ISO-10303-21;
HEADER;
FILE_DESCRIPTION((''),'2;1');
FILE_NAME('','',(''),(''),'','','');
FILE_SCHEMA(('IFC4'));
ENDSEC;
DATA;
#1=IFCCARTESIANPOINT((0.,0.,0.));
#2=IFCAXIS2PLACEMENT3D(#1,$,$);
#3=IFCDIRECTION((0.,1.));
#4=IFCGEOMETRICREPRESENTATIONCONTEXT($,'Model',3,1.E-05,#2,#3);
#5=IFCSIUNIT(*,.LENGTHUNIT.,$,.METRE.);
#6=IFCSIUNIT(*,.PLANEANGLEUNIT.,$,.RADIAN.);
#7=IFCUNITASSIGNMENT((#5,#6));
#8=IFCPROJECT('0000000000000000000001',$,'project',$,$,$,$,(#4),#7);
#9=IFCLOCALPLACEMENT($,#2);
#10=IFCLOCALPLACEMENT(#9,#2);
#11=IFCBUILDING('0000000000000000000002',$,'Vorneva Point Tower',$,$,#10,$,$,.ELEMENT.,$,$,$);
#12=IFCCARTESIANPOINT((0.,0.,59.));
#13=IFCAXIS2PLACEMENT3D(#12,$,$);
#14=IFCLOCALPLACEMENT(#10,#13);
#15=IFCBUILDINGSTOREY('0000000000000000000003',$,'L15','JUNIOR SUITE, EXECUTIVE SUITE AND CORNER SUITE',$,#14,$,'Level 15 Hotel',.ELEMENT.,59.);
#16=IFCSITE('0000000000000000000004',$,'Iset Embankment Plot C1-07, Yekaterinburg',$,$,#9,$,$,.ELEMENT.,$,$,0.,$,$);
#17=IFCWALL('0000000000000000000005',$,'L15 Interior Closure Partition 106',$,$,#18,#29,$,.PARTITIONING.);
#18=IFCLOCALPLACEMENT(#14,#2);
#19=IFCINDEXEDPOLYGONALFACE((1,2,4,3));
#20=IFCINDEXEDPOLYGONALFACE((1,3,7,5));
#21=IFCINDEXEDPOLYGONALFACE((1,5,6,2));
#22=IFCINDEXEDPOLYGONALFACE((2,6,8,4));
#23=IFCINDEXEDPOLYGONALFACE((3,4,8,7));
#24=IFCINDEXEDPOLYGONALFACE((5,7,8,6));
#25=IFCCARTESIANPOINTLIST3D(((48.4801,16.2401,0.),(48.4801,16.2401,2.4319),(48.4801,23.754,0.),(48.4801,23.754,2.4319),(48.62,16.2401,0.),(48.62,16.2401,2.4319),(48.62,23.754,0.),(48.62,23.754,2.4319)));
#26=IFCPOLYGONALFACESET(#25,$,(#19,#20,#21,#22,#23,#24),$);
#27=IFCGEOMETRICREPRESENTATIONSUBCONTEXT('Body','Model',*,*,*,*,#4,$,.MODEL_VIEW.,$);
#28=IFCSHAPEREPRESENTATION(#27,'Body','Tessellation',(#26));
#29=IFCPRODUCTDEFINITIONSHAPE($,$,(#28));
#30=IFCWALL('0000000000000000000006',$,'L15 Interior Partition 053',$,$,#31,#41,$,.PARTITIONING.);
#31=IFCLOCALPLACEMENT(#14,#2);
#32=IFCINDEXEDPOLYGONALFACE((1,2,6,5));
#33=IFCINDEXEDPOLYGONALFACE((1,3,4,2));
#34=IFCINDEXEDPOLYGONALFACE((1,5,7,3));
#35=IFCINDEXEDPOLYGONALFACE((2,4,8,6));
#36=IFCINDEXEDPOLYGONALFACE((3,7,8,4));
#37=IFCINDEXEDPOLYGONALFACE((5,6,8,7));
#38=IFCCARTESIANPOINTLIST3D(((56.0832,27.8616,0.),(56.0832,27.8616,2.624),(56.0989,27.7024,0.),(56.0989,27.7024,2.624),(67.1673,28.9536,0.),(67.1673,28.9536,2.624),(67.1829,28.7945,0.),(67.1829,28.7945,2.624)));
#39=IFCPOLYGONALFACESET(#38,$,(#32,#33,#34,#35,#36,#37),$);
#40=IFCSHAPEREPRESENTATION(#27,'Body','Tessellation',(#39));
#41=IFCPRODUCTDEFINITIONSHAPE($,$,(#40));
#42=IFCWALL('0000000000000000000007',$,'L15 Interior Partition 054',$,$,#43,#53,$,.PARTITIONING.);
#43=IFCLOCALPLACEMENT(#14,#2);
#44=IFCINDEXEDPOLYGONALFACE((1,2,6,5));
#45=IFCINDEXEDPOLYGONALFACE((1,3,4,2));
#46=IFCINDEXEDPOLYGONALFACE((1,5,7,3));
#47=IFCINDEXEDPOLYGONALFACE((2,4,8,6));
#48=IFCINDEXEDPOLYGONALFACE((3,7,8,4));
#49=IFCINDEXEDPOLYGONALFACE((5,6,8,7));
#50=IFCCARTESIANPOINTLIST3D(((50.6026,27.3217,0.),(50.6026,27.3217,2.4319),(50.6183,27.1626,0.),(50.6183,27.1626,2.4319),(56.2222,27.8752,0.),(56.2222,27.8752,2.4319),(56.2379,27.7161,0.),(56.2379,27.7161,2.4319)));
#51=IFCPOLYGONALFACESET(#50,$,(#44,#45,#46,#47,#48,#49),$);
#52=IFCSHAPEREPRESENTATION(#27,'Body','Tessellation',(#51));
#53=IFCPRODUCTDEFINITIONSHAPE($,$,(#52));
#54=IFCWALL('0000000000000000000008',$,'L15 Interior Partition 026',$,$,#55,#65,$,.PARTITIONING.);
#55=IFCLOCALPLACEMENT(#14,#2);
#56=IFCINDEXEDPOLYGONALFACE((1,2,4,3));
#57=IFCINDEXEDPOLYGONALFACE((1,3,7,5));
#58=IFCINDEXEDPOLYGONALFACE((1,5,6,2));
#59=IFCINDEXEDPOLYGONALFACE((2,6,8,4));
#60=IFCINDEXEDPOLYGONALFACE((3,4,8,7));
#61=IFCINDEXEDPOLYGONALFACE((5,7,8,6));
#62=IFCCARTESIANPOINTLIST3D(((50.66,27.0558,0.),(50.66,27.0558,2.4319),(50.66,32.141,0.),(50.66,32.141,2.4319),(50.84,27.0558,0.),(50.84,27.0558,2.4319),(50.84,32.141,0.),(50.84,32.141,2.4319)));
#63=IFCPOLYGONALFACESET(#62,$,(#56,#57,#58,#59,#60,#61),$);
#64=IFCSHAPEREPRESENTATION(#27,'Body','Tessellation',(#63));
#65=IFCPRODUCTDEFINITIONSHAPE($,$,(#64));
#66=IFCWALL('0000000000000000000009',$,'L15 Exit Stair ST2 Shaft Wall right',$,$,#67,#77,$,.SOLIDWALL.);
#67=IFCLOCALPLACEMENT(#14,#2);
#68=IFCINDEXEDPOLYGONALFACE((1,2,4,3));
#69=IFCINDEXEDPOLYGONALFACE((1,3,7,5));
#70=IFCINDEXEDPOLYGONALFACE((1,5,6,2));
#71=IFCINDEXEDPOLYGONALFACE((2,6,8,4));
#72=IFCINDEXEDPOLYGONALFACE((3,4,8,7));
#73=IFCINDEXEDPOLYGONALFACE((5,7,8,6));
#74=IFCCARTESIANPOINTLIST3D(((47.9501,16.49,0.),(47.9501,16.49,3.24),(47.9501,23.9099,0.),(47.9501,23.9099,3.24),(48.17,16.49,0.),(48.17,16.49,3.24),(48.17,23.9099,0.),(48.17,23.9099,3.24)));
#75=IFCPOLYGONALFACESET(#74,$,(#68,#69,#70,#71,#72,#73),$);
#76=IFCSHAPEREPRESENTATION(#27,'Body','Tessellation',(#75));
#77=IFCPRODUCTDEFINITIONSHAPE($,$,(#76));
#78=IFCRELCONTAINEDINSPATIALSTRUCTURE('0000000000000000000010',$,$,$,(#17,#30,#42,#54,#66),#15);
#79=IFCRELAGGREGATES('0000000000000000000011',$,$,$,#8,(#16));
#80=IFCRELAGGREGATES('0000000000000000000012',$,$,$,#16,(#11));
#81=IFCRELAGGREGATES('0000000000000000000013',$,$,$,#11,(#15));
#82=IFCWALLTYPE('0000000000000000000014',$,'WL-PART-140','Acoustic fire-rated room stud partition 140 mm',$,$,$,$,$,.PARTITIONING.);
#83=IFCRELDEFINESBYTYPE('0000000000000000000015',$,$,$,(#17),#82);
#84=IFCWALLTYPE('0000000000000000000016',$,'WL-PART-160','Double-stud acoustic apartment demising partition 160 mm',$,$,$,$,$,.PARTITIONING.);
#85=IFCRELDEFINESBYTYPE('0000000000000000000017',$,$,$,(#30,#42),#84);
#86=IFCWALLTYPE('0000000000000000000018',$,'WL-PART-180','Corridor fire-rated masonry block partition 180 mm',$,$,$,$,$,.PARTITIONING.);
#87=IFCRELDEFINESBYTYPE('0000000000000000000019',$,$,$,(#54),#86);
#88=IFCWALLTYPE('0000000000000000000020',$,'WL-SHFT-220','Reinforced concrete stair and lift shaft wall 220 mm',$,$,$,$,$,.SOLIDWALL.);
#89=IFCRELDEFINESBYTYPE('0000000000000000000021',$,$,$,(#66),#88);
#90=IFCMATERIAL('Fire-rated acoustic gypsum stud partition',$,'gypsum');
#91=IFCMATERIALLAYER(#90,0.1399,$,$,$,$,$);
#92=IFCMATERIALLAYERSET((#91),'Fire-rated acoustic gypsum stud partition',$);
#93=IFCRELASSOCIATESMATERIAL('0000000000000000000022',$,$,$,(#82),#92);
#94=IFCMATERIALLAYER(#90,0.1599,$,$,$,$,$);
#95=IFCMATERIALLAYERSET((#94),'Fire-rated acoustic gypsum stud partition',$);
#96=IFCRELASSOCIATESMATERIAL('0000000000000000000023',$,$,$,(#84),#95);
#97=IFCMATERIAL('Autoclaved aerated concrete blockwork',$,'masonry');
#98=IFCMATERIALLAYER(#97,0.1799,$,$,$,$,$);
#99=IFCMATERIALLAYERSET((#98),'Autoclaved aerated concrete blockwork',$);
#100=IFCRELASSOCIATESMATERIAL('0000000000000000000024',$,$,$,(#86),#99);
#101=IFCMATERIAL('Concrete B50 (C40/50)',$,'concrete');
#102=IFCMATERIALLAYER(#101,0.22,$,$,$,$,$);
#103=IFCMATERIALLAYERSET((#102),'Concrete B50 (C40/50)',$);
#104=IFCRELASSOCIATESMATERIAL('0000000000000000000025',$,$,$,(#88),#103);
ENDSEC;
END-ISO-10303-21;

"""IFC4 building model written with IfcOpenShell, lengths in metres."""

from ifc_helpers import new_model, si_unit, direction, frame, frame_2d, origin, place, context, subcontext, project, spatial, rectangle, extrude, material, layer, layer_set, type_object, element, save


model = new_model("IFC4")

# Units and contexts
model_context = context("Model", 3, precision=1e-05, world=origin(), true_north=direction((0.0, 1.0)))
body_context = subcontext(model_context, "Body", "Model", "MODEL_VIEW")
ifc_project = project(units=[si_unit("LENGTHUNIT", "METRE"), si_unit("PLANEANGLEUNIT", "RADIAN")], contexts=[model_context])

# Site, building, storey
site_placement = place(None, origin())
site = spatial("IfcSite", under=ifc_project, at=site_placement, Name="Iset Embankment Plot C1-07, Yekaterinburg", CompositionType="ELEMENT", RefElevation=0.0)
building_placement = place(site_placement, origin())
building = spatial("IfcBuilding", under=site, at=building_placement, Name="Vorneva Point Tower", CompositionType="ELEMENT")
storey_placement = place(building_placement, frame((0.0, 0.0, 59.0)))
storey = spatial("IfcBuildingStorey", under=building, at=storey_placement, Name="L15", Description="JUNIOR SUITE, EXECUTIVE SUITE AND CORNER SUITE", LongName="Level 15 Hotel", CompositionType="ELEMENT", Elevation=59.0)

# Walls
ifc_material_1 = material(Name="Fire-rated acoustic gypsum stud partition", Category="gypsum")
ifc_layer_1 = layer(ifc_material_1, 0.1399)
ifc_layer_set_1 = layer_set([ifc_layer_1], Name="Fire-rated acoustic gypsum stud partition")
wall_type_1 = type_object("IfcWallType", Name="WL-PART-140", Description="Acoustic fire-rated room stud partition 140 mm", PredefinedType="PARTITIONING", material=ifc_layer_set_1)
wall_1_placement = place(storey_placement, frame((48.55, 23.7539, 0.0), z_axis=(0.0, 0.0, 1.0), x_axis=(0.0, -1.0, 0.0)))
element("IfcWall", 1, at=wall_1_placement, inside=storey, type_object=wall_type_1, Name="L15 Interior Closure Partition 106", PredefinedType="PARTITIONING", context=body_context, shape_type="SweptSolid", body=[
    extrude(rectangle(XDim=7.5139, YDim=0.1399, at=frame_2d((3.7568, 0.0))), origin(), (0.0, 0.0, 1.0), 2.4319),
])
ifc_layer_2 = layer(ifc_material_1, 0.1599)
ifc_layer_set_2 = layer_set([ifc_layer_2], Name="Fire-rated acoustic gypsum stud partition")
wall_type_2 = type_object("IfcWallType", Name="WL-PART-160", Description="Double-stud acoustic apartment demising partition 160 mm", PredefinedType="PARTITIONING", material=ifc_layer_set_2)
wall_2_placement = place(storey_placement, frame((56.0911, 27.782, 0.0), z_axis=(0.0, 0.0, 1.0), x_axis=(0.995182, 0.098049, 0.0)))
element("IfcWall", 2, at=wall_2_placement, inside=storey, type_object=wall_type_2, Name="L15 Interior Partition 053", PredefinedType="PARTITIONING", context=body_context, shape_type="SweptSolid", body=[
    extrude(rectangle(XDim=11.1377, YDim=0.1599, at=frame_2d((5.5688, 0.0))), origin(), (0.0, 0.0, 1.0), 2.624),
])
wall_3_placement = place(storey_placement, frame((50.6106, 27.2422, 0.0), z_axis=(0.0, 0.0, 1.0), x_axis=(0.995185, 0.098014, 0.0)))
element("IfcWall", 3, at=wall_3_placement, inside=storey, type_object=wall_type_2, Name="L15 Interior Partition 054", PredefinedType="PARTITIONING", context=body_context, shape_type="SweptSolid", body=[
    extrude(rectangle(XDim=5.6467, YDim=0.1599, at=frame_2d((2.8232, 0.0))), origin(), (0.0, 0.0, 1.0), 2.4319),
])

# Shared definitions
ifc_material_2 = material(Name="Autoclaved aerated concrete blockwork", Category="masonry")
ifc_layer_3 = layer(ifc_material_2, 0.1799)
ifc_layer_set_3 = layer_set([ifc_layer_3], Name="Autoclaved aerated concrete blockwork")
wall_type_3 = type_object("IfcWallType", Name="WL-PART-180", Description="Corridor fire-rated masonry block partition 180 mm", PredefinedType="PARTITIONING", material=ifc_layer_set_3)

# Walls
wall_4_placement = place(storey_placement, frame((50.75, 27.0559, 0.0), z_axis=(0.0, 0.0, 1.0), x_axis=(0.0, 1.0, 0.0)))
element("IfcWall", 4, at=wall_4_placement, inside=storey, type_object=wall_type_3, Name="L15 Interior Partition 026", PredefinedType="PARTITIONING", context=body_context, shape_type="SweptSolid", body=[
    extrude(rectangle(XDim=5.0852, YDim=0.1799, at=frame_2d((2.5425, 0.0))), origin(), (0.0, 0.0, 1.0), 2.4319),
])
ifc_material_3 = material(Name="Concrete B50 (C40/50)", Category="concrete")
ifc_layer_4 = layer(ifc_material_3, 0.22)
ifc_layer_set_4 = layer_set([ifc_layer_4], Name="Concrete B50 (C40/50)")
wall_type_4 = type_object("IfcWallType", Name="WL-SHFT-220", Description="Reinforced concrete stair and lift shaft wall 220 mm", PredefinedType="SOLIDWALL", material=ifc_layer_set_4)
wall_5_placement = place(storey_placement, frame((48.0601, 23.9099, 0.0), z_axis=(0.0, 0.0, 1.0), x_axis=(0.0, -1.0, 0.0)))
element("IfcWall", 5, at=wall_5_placement, inside=storey, type_object=wall_type_4, Name="L15 Exit Stair ST2 Shaft Wall right", PredefinedType="SOLIDWALL", context=body_context, shape_type="SweptSolid", body=[
    extrude(rectangle(XDim=7.4199, YDim=0.22, at=frame_2d((3.71, 0.0))), origin(), (0.0, 0.0, 1.0), 3.24),
])

save(model, "model.ifc")
